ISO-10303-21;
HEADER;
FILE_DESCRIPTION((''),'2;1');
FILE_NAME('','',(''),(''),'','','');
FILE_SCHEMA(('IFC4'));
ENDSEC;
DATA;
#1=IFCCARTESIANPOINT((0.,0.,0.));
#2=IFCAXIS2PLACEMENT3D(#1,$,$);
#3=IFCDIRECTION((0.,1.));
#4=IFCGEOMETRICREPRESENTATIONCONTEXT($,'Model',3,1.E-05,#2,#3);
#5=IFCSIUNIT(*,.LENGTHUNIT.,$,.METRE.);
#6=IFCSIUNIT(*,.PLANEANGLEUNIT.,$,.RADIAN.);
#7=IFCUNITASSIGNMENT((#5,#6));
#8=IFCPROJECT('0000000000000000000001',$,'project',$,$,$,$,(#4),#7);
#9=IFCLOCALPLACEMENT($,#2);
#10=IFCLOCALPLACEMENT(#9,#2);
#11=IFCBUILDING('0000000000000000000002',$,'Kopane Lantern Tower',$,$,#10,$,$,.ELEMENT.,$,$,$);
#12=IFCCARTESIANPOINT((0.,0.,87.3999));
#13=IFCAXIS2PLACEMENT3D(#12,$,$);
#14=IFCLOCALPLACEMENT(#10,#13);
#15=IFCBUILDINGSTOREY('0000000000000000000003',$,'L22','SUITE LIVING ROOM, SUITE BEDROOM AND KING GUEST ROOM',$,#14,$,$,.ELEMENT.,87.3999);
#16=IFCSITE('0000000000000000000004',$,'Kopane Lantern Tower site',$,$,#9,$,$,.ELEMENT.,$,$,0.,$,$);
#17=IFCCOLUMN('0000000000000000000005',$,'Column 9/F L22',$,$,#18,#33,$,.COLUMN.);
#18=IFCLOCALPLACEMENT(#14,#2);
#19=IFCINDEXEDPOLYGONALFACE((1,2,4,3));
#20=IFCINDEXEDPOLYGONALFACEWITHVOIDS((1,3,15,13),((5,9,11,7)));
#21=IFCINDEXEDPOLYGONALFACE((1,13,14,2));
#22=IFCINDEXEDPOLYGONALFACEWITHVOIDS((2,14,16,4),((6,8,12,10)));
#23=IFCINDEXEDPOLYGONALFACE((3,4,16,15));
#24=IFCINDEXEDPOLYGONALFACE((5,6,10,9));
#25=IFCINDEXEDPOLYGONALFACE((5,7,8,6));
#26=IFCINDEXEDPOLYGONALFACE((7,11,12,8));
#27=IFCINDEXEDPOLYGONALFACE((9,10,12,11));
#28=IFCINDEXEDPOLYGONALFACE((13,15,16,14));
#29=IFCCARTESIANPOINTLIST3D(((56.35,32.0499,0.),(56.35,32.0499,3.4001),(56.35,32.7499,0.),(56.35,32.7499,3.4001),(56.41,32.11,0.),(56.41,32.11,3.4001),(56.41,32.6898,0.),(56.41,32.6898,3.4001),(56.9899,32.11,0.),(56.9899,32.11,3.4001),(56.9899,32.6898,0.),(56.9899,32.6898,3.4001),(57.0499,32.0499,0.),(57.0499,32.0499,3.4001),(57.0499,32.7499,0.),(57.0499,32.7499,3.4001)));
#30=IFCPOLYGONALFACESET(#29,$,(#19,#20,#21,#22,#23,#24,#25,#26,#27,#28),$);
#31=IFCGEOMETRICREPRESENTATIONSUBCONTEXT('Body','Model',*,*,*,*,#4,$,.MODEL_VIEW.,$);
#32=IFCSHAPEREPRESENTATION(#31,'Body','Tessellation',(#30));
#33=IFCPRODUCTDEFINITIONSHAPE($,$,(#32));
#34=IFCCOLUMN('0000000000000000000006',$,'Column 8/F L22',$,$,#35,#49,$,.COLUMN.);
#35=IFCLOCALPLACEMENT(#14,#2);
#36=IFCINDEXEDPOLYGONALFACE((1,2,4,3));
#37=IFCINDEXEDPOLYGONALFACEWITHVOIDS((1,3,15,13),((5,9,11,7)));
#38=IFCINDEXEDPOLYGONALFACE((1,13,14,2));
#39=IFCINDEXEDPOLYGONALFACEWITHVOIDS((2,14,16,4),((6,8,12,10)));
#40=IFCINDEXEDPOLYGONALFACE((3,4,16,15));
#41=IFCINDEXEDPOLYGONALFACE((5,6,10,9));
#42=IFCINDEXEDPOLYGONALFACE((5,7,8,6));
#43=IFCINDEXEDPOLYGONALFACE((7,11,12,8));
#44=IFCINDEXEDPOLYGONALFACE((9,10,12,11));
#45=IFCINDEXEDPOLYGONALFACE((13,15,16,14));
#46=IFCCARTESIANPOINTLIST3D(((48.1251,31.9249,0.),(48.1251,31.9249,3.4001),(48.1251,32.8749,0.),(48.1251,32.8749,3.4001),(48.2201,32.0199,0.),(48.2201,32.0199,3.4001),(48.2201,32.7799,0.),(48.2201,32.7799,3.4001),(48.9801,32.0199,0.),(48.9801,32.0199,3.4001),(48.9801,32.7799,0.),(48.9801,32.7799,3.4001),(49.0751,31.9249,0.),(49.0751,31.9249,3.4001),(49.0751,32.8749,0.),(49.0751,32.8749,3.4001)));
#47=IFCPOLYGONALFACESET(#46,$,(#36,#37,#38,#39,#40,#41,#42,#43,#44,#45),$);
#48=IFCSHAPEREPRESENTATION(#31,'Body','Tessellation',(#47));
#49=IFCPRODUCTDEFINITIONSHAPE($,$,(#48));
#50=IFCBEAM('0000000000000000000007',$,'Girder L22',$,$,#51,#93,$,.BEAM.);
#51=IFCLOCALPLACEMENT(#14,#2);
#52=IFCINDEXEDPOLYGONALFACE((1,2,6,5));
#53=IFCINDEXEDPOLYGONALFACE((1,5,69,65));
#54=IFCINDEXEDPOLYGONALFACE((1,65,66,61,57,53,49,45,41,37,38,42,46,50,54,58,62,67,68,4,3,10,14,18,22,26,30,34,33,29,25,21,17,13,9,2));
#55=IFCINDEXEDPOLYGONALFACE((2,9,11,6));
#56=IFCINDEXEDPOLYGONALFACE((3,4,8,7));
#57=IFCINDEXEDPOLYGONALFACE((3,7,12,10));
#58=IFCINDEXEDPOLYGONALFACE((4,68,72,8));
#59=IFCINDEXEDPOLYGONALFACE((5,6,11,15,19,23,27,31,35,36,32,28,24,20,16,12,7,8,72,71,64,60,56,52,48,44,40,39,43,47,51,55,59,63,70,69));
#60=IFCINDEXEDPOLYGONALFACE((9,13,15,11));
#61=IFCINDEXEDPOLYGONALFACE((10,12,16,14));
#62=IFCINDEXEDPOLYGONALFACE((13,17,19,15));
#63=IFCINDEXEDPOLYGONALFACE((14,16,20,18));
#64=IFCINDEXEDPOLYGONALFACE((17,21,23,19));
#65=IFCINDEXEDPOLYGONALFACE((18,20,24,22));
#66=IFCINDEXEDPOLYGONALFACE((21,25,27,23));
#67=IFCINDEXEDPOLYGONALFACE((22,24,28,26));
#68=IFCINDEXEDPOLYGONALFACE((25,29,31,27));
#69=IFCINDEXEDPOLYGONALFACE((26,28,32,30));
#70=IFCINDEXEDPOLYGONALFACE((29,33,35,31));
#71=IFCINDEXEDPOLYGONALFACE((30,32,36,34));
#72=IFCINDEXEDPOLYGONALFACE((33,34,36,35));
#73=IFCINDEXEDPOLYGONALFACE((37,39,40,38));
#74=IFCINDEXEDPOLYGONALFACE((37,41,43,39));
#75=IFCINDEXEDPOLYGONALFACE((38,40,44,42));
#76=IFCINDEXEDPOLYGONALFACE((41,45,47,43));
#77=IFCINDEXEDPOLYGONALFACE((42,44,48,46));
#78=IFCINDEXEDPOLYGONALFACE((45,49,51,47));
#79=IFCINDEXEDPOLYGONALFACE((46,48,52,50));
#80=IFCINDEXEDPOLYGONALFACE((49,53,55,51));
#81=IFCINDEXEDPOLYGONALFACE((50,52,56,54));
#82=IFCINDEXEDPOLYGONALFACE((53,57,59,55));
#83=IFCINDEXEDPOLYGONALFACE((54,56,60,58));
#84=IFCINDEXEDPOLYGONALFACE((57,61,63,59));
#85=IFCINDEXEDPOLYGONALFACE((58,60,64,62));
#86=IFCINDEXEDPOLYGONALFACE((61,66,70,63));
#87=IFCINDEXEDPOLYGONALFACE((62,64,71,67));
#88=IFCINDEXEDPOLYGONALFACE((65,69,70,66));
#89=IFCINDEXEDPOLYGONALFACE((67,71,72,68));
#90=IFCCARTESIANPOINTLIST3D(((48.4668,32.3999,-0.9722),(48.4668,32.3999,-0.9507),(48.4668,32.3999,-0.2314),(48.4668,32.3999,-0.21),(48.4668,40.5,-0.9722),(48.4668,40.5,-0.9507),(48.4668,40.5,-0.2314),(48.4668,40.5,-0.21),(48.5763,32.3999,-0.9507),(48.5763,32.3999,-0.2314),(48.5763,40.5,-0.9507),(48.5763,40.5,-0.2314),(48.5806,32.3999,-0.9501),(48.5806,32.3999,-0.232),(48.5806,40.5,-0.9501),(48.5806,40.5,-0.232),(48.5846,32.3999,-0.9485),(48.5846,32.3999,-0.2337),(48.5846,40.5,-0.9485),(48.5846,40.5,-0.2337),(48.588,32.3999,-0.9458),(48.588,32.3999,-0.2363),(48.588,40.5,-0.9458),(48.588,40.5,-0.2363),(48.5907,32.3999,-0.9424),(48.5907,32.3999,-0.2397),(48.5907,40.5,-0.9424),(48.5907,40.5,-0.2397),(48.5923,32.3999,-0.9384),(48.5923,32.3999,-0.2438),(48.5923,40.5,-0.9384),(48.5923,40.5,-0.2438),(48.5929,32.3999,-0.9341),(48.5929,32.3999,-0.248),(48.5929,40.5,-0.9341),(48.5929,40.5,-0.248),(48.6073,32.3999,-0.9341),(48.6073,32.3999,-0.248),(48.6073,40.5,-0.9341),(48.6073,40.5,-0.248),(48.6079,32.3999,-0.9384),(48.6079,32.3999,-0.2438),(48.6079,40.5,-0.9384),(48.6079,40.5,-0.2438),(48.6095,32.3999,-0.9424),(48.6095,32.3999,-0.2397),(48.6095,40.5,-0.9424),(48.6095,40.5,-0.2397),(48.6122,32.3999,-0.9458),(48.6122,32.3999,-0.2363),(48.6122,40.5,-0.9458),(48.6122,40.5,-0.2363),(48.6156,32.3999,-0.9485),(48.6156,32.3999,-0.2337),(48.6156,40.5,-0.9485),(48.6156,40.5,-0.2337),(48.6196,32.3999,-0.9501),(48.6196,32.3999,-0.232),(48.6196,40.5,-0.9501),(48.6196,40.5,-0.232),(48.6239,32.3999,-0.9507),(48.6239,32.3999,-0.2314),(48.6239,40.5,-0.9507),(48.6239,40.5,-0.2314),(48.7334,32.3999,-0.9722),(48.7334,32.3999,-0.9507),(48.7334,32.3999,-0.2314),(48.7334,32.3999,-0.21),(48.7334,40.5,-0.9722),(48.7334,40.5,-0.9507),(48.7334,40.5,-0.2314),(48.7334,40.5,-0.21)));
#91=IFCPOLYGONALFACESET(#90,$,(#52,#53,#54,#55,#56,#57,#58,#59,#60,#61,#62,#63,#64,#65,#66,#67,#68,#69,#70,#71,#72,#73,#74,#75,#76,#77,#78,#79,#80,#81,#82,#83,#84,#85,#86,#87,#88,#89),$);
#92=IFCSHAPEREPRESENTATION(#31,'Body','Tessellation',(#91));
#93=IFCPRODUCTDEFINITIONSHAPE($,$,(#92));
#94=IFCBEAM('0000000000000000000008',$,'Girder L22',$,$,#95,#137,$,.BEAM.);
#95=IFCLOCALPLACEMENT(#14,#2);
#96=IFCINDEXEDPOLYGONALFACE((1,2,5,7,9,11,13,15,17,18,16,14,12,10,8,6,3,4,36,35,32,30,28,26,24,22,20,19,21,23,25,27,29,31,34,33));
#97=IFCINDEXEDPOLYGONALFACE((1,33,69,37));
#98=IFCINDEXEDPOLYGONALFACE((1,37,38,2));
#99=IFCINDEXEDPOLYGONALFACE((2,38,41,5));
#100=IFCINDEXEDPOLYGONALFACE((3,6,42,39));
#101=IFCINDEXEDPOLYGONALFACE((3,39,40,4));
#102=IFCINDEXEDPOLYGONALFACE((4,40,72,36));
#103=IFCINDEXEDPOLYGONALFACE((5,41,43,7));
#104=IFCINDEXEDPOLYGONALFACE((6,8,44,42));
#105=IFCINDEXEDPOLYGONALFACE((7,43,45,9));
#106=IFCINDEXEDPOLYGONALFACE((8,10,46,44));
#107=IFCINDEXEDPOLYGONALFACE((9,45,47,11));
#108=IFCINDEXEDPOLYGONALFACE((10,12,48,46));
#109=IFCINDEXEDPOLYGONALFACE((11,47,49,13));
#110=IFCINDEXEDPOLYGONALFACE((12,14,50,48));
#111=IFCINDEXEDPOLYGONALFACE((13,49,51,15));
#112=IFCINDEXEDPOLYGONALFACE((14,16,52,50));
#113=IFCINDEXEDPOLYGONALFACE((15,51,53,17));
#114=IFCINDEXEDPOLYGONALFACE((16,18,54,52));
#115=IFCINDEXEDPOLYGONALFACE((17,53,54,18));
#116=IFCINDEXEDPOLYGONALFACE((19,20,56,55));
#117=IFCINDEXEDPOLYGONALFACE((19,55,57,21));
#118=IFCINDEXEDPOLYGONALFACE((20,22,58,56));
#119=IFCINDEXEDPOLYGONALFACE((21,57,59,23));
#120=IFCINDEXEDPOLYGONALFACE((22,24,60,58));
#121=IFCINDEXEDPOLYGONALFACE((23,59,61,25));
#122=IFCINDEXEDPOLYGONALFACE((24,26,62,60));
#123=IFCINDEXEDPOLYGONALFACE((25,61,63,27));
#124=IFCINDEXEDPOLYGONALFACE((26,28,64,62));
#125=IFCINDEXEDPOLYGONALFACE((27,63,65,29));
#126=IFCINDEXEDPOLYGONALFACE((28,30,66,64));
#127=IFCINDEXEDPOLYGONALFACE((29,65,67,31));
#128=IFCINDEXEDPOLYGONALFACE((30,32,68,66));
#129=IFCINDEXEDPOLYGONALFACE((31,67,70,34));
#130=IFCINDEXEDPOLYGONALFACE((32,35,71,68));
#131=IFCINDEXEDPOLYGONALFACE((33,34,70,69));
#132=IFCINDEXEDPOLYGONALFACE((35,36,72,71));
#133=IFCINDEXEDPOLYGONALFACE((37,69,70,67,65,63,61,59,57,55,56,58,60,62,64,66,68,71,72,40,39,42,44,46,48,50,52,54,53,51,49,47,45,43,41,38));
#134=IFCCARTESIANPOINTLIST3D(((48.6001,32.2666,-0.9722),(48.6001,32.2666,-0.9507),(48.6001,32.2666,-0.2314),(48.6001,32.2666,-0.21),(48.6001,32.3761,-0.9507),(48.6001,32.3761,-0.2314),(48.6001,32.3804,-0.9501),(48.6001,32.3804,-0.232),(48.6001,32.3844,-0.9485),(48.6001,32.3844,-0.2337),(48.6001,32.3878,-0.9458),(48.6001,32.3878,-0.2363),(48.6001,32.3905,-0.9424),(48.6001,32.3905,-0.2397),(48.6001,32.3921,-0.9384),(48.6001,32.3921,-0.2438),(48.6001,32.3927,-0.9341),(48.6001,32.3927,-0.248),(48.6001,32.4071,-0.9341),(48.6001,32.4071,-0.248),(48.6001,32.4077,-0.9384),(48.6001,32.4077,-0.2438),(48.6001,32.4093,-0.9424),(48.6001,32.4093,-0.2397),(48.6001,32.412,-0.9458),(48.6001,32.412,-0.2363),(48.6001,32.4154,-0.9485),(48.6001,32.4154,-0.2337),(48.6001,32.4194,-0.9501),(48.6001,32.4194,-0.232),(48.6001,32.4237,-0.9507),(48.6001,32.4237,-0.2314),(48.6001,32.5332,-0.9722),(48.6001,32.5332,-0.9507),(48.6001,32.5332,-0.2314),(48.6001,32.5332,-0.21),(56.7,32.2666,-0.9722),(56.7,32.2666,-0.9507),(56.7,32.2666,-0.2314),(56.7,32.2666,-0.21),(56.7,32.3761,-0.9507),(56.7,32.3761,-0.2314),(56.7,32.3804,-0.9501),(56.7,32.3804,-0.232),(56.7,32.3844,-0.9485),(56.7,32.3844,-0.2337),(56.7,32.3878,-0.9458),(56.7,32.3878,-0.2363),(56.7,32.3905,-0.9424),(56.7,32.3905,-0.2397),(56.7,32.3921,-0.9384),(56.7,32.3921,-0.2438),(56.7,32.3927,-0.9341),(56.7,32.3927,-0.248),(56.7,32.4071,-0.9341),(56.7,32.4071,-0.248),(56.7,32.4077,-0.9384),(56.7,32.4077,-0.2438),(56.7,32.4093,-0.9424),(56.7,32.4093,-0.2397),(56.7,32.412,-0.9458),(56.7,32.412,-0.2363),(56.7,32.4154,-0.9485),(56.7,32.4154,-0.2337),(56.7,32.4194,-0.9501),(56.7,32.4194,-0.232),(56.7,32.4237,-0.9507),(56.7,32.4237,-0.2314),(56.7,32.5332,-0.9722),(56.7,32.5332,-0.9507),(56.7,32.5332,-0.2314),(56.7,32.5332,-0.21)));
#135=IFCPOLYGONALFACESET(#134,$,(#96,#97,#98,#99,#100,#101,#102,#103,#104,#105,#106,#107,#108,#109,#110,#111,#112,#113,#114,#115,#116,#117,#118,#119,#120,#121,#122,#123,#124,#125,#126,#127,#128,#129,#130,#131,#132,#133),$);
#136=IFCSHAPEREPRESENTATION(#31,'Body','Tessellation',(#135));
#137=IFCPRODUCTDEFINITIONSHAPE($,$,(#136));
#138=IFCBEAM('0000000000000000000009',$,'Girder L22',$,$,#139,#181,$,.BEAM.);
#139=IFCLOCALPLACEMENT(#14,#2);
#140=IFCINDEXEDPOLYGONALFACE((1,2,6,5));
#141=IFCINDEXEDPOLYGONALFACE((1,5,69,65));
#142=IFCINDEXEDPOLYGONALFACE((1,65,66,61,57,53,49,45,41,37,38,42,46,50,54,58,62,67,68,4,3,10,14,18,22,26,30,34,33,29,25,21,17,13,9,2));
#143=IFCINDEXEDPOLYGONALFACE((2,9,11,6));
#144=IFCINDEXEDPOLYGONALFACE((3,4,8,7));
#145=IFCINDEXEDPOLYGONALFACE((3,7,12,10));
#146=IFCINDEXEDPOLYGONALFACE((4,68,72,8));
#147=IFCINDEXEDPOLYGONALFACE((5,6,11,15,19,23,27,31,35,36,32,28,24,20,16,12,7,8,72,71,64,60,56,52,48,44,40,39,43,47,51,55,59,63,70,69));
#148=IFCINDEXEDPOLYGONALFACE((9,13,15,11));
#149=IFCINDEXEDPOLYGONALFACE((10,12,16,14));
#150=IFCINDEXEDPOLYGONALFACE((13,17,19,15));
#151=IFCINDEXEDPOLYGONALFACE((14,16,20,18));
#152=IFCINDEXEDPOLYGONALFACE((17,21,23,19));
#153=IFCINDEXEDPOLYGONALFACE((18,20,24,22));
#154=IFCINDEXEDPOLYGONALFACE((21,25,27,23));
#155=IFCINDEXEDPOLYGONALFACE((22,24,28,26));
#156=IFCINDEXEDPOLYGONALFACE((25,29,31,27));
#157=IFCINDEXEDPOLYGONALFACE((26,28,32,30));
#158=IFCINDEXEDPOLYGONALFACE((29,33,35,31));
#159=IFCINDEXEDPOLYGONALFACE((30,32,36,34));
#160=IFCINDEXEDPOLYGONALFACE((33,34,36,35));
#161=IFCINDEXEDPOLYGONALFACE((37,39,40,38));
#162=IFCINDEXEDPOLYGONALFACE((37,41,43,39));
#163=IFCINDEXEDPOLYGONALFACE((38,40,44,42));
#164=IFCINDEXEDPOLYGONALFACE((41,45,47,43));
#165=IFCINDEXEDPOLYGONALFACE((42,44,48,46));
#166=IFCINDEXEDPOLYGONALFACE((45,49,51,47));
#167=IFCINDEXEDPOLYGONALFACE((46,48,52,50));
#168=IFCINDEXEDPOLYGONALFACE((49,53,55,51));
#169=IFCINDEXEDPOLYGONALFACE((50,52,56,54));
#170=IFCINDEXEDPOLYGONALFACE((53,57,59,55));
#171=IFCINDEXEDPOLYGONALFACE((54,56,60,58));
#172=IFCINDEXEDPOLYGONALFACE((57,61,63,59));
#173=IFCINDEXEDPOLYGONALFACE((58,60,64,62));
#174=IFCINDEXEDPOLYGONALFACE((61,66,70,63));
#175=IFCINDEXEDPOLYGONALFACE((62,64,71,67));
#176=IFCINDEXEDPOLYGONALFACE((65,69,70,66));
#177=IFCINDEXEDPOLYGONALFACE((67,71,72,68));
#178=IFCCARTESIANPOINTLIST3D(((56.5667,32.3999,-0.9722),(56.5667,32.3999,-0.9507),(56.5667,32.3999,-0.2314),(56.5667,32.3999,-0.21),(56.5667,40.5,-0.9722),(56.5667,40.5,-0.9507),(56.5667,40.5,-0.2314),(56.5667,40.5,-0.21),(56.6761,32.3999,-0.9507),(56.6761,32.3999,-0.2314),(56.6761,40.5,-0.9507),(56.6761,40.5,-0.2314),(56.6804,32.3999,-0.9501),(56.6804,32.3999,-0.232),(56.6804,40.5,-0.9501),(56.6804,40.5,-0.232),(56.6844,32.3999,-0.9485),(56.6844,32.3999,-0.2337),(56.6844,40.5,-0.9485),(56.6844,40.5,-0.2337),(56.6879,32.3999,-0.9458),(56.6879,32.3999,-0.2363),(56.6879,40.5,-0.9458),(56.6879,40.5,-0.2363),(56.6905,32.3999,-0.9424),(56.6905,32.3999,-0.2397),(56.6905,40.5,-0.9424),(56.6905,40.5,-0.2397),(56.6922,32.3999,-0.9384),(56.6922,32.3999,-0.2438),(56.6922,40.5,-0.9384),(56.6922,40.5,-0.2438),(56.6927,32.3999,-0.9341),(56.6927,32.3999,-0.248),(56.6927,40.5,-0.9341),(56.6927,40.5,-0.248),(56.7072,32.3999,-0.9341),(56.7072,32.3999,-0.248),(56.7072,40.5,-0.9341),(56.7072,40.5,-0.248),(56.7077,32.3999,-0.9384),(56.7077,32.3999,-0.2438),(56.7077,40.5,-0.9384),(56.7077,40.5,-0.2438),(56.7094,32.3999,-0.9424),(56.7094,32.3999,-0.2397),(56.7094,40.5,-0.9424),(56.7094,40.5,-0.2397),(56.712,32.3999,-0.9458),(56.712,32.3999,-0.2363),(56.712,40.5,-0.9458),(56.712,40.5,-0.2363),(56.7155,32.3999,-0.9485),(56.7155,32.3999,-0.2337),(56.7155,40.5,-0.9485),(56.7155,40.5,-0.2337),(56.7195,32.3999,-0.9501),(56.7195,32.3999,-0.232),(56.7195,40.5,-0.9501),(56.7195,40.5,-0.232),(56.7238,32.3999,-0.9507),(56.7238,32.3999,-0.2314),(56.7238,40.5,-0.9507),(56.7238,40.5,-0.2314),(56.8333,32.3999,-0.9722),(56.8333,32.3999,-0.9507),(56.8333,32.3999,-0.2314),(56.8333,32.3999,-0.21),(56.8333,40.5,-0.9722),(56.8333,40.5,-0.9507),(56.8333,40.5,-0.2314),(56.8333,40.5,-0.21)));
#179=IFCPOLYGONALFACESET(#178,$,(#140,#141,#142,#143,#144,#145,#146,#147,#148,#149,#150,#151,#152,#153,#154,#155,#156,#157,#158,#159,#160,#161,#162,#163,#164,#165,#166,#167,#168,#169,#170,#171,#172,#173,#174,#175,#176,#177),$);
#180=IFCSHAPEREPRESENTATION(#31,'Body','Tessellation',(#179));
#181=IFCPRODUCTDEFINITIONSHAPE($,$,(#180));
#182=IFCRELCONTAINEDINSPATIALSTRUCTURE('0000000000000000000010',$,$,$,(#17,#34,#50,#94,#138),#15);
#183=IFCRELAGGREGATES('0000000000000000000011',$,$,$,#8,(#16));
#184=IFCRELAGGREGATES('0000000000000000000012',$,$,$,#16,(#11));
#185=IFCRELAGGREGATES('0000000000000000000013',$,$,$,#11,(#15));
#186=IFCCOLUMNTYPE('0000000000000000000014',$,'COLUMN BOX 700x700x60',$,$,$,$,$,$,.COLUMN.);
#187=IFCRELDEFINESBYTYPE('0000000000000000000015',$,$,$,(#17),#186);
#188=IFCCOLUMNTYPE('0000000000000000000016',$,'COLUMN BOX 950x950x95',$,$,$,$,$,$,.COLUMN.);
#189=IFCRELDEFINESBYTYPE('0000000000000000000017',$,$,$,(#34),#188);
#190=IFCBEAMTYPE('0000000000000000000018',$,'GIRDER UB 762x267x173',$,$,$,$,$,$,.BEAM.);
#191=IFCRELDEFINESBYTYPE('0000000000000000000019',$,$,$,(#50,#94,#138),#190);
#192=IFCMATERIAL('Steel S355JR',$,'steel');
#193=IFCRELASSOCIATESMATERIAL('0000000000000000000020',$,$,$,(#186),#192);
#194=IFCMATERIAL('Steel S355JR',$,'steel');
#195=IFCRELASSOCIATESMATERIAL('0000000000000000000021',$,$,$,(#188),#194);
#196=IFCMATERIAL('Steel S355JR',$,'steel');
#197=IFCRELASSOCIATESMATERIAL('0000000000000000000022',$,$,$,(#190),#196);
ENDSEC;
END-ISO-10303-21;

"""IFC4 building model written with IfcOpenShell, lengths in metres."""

from ifc_helpers import new_model, si_unit, direction, frame, origin, origin_2d, place, context, subcontext, project, spatial, hollow_rectangle, i_section, extrude, material, material_profile, profile_set, type_object, element, save


model = new_model("IFC4")

# Units and contexts
model_context = context("Model", 3, precision=1e-05, world=origin(), true_north=direction((0.0, 1.0)))
body_context = subcontext(model_context, "Body", "Model", "MODEL_VIEW")
ifc_project = project(units=[si_unit("LENGTHUNIT", "METRE"), si_unit("PLANEANGLEUNIT", "RADIAN")], contexts=[model_context])

# Site, building, storey
site_placement = place(None, origin())
site = spatial("IfcSite", under=ifc_project, at=site_placement, Name="Kopane Lantern Tower site", CompositionType="ELEMENT", RefElevation=0.0)
building_placement = place(site_placement, origin())
building = spatial("IfcBuilding", under=site, at=building_placement, Name="Kopane Lantern Tower", CompositionType="ELEMENT")
storey_placement = place(building_placement, frame((0.0, 0.0, 87.3999)))
storey = spatial("IfcBuildingStorey", under=building, at=storey_placement, Name="L22", Description="SUITE LIVING ROOM, SUITE BEDROOM AND KING GUEST ROOM", CompositionType="ELEMENT", Elevation=87.3999)

# Columns
ifc_material_1 = material(Name="Steel S355JR", Category="steel")
ifc_material_profile_1 = material_profile(ifc_material_1, hollow_rectangle(XDim=0.7, YDim=0.7, WallThickness=0.0601, at=origin_2d()), Name="BOX 700x700x60")
ifc_profile_set_1 = profile_set([ifc_material_profile_1], Name="Steel S355JR")
column_type_1 = type_object("IfcColumnType", Name="COLUMN BOX 700x700x60", PredefinedType="COLUMN", material=ifc_profile_set_1)
column_1_placement = place(storey_placement, frame((56.7, 32.3999, 0.0), z_axis=(0.0, 0.0, 1.0), x_axis=(1.0, 0.0, 0.0)))
element("IfcColumn", 1, at=column_1_placement, inside=storey, type_object=column_type_1, Name="Column 9/F L22", PredefinedType="COLUMN", context=body_context, shape_type="SweptSolid", body=[
    extrude(hollow_rectangle(XDim=0.7, YDim=0.7, WallThickness=0.0601, at=origin_2d()), origin(), (0.0, 0.0, 1.0), 3.4001),
])
ifc_material_2 = material(Name="Steel S355JR", Category="steel")
ifc_material_profile_2 = material_profile(ifc_material_2, hollow_rectangle(XDim=0.95, YDim=0.95, WallThickness=0.095, at=origin_2d()), Name="BOX 950x950x95")
ifc_profile_set_2 = profile_set([ifc_material_profile_2], Name="Steel S355JR")
column_type_2 = type_object("IfcColumnType", Name="COLUMN BOX 950x950x95", PredefinedType="COLUMN", material=ifc_profile_set_2)
column_2_placement = place(storey_placement, frame((48.6001, 32.3999, 0.0), z_axis=(0.0, 0.0, 1.0), x_axis=(1.0, 0.0, 0.0)))
element("IfcColumn", 2, at=column_2_placement, inside=storey, type_object=column_type_2, Name="Column 8/F L22", PredefinedType="COLUMN", context=body_context, shape_type="SweptSolid", body=[
    extrude(hollow_rectangle(XDim=0.95, YDim=0.95, WallThickness=0.095, at=origin_2d()), origin(), (0.0, 0.0, 1.0), 3.4001),
])

# Beams
ifc_material_3 = material(Name="Steel S355JR", Category="steel")
ifc_material_profile_3 = material_profile(ifc_material_3, i_section(OverallWidth=0.2666, OverallDepth=0.7622, WebThickness=0.0144, FlangeThickness=0.0215, FilletRadius=0.0166, at=origin_2d()), Name="UB 762x267x173")
ifc_profile_set_3 = profile_set([ifc_material_profile_3], Name="Steel S355JR")
beam_type = type_object("IfcBeamType", Name="GIRDER UB 762x267x173", PredefinedType="BEAM", material=ifc_profile_set_3)
beam_1_placement = place(storey_placement, frame((48.6001, 32.3999, -0.5911), z_axis=(0.0, 1.0, 0.0), x_axis=(-1.0, 0.0, 0.0)))
element("IfcBeam", 3, at=beam_1_placement, inside=storey, type_object=beam_type, Name="Girder L22", PredefinedType="BEAM", context=body_context, shape_type="SweptSolid", body=[
    extrude(i_section(OverallWidth=0.2666, OverallDepth=0.7622, WebThickness=0.0144, FlangeThickness=0.0215, FilletRadius=0.0166, at=origin_2d()), origin(), (0.0, 0.0, 1.0), 8.1001),
])
beam_2_placement = place(storey_placement, frame((48.6001, 32.3999, -0.5911), z_axis=(1.0, 0.0, 0.0), x_axis=(0.0, 1.0, 0.0)))
element("IfcBeam", 4, at=beam_2_placement, inside=storey, type_object=beam_type, Name="Girder L22", PredefinedType="BEAM", context=body_context, shape_type="SweptSolid", body=[
    extrude(i_section(OverallWidth=0.2666, OverallDepth=0.7622, WebThickness=0.0144, FlangeThickness=0.0215, FilletRadius=0.0166, at=origin_2d()), origin(), (0.0, 0.0, 1.0), 8.0999),
])
beam_3_placement = place(storey_placement, frame((56.7, 32.3999, -0.5911), z_axis=(0.0, 1.0, 0.0), x_axis=(-1.0, 0.0, 0.0)))
element("IfcBeam", 5, at=beam_3_placement, inside=storey, type_object=beam_type, Name="Girder L22", PredefinedType="BEAM", context=body_context, shape_type="SweptSolid", body=[
    extrude(i_section(OverallWidth=0.2666, OverallDepth=0.7622, WebThickness=0.0144, FlangeThickness=0.0215, FilletRadius=0.0166, at=origin_2d()), origin(), (0.0, 0.0, 1.0), 8.1001),
])

save(model, "model.ifc")
